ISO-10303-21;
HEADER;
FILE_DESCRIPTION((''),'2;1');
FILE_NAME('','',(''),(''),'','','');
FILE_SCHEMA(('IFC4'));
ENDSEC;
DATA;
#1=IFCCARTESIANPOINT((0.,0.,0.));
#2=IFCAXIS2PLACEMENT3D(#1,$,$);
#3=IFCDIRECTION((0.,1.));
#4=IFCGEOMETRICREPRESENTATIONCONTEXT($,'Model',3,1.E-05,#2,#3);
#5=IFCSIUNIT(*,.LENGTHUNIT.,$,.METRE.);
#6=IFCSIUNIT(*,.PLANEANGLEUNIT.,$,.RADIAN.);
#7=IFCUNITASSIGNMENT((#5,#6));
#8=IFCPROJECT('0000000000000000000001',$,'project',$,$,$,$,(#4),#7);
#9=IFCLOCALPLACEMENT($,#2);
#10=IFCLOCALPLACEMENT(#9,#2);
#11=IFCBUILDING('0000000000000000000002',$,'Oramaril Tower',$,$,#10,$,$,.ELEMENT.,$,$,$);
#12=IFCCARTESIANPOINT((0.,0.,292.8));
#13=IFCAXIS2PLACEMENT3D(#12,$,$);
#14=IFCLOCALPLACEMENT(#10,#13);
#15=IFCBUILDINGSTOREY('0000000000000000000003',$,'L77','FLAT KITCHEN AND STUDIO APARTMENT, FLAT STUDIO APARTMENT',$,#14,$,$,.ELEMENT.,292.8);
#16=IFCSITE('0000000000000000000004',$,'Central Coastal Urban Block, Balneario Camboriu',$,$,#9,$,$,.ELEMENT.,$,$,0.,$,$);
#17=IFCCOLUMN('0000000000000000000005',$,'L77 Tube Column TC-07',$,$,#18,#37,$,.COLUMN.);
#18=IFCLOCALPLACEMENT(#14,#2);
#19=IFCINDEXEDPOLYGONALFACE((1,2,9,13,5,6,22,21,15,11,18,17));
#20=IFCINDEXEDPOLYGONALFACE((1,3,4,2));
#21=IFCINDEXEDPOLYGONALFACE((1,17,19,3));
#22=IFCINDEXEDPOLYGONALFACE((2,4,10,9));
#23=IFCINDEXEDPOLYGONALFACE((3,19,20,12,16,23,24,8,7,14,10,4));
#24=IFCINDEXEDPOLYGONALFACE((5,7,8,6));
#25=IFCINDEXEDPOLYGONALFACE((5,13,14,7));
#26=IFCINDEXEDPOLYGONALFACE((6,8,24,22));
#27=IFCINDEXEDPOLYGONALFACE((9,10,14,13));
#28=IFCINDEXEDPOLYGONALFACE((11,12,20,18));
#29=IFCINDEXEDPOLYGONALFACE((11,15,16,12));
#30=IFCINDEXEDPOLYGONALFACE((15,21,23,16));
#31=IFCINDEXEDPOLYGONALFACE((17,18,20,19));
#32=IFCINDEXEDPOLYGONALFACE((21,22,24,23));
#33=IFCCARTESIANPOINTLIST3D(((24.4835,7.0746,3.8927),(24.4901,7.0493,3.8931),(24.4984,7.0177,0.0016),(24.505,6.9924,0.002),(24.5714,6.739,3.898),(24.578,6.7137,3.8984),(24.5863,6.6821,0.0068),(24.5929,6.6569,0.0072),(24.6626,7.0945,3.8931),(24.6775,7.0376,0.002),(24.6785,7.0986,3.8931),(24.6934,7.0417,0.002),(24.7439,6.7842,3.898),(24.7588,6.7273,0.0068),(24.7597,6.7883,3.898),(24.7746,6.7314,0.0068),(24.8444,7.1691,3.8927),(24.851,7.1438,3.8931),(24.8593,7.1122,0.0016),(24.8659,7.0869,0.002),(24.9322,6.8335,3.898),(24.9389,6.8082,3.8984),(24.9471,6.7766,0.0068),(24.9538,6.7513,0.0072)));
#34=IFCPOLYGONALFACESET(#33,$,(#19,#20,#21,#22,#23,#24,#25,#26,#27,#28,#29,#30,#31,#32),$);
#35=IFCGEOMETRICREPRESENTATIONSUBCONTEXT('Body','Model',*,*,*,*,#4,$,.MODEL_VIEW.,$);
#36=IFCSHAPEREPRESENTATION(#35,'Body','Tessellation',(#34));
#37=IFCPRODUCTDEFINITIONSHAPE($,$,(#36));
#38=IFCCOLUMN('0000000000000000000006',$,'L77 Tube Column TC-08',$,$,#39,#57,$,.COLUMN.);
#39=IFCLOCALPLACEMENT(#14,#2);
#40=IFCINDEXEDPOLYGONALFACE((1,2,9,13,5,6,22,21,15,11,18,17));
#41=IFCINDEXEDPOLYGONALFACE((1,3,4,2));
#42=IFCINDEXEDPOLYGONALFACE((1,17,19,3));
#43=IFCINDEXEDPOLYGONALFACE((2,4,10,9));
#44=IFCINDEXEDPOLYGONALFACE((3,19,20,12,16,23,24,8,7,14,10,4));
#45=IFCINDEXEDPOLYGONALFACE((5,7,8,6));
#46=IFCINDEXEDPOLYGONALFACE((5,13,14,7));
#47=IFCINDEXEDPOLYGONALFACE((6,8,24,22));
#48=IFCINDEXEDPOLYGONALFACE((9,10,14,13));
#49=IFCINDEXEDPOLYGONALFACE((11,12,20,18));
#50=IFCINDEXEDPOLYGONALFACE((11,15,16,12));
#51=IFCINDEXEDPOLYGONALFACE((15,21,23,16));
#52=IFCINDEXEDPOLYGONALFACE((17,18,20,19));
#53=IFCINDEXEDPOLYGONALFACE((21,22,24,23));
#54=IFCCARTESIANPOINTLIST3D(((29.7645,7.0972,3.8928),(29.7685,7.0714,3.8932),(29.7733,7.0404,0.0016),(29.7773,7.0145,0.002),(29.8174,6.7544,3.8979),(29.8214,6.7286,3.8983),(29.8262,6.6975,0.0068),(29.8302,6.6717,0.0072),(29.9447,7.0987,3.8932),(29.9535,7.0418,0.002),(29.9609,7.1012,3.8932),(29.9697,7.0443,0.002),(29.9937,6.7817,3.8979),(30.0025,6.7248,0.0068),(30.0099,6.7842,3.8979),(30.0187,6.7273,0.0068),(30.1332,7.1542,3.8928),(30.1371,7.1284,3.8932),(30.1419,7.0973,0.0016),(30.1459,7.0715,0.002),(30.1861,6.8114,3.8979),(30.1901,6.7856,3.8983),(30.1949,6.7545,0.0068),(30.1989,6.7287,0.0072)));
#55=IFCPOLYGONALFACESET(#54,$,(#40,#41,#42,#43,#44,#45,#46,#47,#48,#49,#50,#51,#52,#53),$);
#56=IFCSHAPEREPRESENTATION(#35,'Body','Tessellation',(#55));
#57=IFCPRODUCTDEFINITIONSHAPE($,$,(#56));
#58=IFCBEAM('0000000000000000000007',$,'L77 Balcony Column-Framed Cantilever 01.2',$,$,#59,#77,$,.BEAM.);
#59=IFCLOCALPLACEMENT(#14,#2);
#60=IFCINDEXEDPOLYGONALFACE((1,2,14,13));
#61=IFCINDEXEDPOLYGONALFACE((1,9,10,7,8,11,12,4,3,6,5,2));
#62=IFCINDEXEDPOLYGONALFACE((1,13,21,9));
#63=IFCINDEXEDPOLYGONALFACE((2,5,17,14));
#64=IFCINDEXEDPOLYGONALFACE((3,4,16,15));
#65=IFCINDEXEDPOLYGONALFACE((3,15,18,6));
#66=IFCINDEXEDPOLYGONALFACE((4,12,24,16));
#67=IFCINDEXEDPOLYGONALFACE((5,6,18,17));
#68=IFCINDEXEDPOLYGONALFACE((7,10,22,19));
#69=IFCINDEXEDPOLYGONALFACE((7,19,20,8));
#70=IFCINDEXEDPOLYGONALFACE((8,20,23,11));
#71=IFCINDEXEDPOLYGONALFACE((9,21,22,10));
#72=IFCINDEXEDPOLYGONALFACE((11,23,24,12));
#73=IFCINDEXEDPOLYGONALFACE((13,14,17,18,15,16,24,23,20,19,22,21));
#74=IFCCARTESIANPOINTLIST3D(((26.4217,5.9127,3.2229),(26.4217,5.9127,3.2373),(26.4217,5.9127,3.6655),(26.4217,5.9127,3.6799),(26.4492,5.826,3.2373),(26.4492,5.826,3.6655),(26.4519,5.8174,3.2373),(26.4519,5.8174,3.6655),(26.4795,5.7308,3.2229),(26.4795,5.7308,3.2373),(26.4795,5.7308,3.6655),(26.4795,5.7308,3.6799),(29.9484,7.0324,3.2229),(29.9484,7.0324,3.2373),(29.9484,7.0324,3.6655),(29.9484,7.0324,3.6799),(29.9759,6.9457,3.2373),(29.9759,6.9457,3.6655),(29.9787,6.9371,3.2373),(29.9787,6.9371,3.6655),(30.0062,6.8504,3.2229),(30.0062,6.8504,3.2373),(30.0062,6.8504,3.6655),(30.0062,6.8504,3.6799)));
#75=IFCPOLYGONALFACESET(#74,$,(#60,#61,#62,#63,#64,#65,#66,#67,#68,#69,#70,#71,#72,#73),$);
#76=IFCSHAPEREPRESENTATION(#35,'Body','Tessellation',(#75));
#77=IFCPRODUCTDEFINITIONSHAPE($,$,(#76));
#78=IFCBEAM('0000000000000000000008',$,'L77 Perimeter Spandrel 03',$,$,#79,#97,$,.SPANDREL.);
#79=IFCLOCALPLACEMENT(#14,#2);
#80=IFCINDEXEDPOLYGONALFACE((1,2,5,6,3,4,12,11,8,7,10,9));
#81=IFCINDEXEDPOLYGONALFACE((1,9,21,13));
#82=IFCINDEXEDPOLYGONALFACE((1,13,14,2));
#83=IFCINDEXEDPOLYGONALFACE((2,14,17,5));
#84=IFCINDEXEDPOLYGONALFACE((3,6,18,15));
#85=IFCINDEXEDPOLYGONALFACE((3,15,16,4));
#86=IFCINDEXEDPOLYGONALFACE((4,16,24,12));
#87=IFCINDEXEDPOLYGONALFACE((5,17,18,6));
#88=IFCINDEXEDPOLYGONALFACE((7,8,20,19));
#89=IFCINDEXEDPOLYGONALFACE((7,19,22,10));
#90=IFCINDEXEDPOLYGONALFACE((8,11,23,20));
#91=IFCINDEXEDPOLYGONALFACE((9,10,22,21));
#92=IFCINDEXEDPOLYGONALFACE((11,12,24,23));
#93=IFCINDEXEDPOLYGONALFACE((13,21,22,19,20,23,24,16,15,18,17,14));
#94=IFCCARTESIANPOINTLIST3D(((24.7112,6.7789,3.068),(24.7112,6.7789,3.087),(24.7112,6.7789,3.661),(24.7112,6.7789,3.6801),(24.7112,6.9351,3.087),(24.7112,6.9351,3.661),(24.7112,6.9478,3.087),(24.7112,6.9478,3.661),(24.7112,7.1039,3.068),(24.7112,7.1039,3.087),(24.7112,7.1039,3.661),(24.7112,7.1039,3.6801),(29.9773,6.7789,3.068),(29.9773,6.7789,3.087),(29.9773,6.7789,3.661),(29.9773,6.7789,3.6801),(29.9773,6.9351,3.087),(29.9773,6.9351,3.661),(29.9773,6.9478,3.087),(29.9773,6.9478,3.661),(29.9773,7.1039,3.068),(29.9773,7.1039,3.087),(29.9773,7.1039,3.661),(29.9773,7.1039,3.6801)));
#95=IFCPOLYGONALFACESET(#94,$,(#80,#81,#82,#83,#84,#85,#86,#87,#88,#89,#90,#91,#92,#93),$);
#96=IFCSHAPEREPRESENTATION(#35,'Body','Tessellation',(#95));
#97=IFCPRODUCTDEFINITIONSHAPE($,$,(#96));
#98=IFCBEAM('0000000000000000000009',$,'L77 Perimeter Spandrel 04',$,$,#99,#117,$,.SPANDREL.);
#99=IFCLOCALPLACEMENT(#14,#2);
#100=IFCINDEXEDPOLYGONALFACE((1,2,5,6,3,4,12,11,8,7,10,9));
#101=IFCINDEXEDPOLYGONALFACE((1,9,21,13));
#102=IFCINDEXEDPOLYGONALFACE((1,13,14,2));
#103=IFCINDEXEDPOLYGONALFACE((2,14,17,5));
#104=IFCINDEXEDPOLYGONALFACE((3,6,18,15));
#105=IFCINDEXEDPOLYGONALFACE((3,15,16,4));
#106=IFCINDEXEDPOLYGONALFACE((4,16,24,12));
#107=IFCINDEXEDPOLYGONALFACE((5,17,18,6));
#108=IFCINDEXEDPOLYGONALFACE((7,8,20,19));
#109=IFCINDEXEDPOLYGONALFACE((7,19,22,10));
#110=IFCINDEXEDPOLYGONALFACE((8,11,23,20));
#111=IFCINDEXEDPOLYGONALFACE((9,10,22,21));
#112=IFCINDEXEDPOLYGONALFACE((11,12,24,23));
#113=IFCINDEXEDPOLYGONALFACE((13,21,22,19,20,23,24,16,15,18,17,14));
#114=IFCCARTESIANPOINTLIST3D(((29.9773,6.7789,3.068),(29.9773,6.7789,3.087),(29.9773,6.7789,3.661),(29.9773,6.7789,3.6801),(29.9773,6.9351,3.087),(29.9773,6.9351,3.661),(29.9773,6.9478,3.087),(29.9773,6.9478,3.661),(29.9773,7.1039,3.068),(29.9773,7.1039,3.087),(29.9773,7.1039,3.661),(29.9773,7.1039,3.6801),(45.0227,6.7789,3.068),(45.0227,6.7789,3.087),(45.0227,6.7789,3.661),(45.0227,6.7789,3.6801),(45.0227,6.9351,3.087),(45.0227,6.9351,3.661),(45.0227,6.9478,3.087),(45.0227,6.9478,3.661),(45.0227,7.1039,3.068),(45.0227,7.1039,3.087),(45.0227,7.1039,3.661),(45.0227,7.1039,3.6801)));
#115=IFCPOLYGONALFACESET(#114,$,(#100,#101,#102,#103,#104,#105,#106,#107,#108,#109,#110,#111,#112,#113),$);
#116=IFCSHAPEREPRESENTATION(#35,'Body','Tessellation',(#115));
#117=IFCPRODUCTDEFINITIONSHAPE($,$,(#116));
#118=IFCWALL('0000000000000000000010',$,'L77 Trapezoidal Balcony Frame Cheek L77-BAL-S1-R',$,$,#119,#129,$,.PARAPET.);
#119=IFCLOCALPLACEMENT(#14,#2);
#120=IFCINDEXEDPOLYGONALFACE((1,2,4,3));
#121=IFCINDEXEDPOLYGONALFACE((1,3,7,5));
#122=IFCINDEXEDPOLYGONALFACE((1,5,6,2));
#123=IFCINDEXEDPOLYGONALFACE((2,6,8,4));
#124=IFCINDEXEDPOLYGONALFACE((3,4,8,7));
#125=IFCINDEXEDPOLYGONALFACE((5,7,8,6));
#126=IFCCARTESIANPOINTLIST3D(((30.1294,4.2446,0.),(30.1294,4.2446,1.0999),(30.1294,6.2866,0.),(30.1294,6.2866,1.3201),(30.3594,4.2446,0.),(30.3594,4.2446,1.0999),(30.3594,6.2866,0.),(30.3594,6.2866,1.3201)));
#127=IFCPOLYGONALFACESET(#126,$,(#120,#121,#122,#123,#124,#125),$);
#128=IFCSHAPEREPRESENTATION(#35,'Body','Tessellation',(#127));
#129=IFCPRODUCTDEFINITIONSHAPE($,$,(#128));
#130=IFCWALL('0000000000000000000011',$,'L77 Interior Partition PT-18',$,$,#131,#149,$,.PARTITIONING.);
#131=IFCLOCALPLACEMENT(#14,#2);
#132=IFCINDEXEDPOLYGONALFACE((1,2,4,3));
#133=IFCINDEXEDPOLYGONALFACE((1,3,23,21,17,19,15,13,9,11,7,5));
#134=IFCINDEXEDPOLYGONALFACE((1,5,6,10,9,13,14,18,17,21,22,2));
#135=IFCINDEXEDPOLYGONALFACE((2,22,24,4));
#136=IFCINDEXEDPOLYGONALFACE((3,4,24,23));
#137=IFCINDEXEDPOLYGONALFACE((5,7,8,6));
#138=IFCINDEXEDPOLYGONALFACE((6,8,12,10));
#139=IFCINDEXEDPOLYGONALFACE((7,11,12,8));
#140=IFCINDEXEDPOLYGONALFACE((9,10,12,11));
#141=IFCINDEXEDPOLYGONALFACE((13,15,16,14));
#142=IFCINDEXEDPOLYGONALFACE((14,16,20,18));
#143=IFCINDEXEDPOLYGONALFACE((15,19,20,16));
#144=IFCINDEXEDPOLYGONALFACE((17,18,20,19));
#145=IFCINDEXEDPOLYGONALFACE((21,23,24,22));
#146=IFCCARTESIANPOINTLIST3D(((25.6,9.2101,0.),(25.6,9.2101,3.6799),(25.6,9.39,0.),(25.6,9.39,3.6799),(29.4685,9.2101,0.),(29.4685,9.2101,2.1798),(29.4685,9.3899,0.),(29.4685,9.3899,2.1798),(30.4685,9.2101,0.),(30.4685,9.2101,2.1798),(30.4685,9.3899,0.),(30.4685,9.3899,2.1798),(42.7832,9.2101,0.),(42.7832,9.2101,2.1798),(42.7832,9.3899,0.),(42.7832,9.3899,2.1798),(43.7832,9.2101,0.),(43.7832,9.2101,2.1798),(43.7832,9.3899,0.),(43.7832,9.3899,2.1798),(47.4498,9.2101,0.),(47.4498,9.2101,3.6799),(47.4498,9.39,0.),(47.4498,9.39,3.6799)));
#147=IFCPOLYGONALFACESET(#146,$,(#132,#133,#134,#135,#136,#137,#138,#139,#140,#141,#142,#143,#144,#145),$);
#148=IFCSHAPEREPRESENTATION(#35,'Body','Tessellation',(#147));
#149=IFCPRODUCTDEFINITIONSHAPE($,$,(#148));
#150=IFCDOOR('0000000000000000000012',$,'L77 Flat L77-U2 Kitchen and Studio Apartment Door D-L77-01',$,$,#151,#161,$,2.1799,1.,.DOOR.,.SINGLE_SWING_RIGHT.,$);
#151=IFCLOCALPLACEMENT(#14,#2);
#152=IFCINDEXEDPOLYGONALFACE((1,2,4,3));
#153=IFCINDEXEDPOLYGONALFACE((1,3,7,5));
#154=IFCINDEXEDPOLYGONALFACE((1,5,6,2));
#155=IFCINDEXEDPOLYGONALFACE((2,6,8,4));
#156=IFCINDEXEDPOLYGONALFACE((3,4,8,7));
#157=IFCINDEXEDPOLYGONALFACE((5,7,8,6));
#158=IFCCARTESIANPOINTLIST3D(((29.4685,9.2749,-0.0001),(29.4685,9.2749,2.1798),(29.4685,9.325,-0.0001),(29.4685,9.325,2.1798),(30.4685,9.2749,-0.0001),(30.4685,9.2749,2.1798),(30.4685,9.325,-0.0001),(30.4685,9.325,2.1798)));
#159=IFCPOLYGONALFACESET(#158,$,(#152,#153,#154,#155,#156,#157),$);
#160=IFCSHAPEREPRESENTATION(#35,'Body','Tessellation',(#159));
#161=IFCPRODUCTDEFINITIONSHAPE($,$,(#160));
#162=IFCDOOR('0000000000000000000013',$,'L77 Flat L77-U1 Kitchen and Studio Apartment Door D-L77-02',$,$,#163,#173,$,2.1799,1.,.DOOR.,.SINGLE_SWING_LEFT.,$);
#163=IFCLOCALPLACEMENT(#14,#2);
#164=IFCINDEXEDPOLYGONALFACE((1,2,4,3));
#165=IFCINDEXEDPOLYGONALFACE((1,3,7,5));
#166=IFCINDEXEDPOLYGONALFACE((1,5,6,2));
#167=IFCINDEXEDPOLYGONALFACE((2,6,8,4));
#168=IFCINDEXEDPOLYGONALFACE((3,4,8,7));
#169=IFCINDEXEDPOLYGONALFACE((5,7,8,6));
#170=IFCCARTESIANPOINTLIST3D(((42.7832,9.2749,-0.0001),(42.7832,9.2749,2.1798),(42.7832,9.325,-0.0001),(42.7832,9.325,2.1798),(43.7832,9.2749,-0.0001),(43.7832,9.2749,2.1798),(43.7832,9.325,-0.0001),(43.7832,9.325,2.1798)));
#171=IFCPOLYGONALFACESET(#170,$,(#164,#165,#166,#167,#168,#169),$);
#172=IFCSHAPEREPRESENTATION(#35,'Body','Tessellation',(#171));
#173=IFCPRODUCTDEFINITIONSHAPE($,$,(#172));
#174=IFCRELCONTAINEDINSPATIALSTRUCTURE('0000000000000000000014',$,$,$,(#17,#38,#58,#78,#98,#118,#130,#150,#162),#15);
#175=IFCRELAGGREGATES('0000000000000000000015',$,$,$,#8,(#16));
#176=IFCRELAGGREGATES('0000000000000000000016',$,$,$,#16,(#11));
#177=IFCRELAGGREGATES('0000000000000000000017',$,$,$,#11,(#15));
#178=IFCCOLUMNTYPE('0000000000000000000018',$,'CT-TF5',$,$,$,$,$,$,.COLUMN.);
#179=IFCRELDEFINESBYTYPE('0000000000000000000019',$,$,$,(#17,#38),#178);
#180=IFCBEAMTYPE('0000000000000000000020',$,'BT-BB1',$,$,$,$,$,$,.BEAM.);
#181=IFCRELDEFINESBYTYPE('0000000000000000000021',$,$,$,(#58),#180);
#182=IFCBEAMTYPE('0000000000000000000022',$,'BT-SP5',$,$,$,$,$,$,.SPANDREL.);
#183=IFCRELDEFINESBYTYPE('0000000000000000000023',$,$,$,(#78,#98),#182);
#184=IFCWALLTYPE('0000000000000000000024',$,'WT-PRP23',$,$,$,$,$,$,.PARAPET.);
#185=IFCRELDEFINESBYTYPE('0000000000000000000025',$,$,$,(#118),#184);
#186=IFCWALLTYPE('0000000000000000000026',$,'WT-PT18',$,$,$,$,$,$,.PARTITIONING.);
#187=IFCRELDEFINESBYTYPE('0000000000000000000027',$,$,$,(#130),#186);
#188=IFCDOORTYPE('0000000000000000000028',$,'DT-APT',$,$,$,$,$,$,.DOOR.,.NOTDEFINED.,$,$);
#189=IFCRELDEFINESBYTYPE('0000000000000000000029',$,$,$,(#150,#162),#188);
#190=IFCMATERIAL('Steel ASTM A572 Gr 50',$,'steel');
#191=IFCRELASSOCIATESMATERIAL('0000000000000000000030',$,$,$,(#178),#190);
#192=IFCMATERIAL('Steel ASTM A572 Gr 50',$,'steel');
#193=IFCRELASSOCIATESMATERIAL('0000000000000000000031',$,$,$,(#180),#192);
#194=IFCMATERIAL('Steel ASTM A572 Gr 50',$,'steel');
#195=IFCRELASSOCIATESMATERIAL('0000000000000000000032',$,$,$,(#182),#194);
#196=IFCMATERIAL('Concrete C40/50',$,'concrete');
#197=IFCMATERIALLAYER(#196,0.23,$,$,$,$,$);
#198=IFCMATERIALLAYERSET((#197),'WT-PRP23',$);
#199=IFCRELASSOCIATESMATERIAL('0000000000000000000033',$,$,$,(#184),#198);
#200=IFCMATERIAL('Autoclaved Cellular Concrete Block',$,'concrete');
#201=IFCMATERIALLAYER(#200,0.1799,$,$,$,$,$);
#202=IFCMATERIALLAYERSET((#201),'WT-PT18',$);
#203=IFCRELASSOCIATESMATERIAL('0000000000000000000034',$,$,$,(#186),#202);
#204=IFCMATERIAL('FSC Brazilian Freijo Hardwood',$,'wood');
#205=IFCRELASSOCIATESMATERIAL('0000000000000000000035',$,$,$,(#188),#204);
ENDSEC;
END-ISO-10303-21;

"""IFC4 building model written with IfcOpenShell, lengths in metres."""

from ifc_helpers import new_model, si_unit, direction, frame, frame_2d, origin, origin_2d, place, context, subcontext, project, spatial, polyline, rectangle, i_section, outline, extrude, material, layer, layer_set, material_profile, profile_set, type_object, element, fill, save


model = new_model("IFC4")

# Units and contexts
model_context = context("Model", 3, precision=1e-05, world=origin(), true_north=direction((0.0, 1.0)))
body_context = subcontext(model_context, "Body", "Model", "MODEL_VIEW")
ifc_project = project(units=[si_unit("LENGTHUNIT", "METRE"), si_unit("PLANEANGLEUNIT", "RADIAN")], contexts=[model_context])

# Site, building, storey
site_placement = place(None, origin())
site = spatial("IfcSite", under=ifc_project, at=site_placement, Name="Central Coastal Urban Block, Balneario Camboriu", CompositionType="ELEMENT", RefElevation=0.0)
building_placement = place(site_placement, origin())
building = spatial("IfcBuilding", under=site, at=building_placement, Name="Oramaril Tower", CompositionType="ELEMENT")
storey_placement = place(building_placement, frame((0.0, 0.0, 292.8)))
storey = spatial("IfcBuildingStorey", under=building, at=storey_placement, Name="L77", Description="FLAT KITCHEN AND STUDIO APARTMENT, FLAT STUDIO APARTMENT", CompositionType="ELEMENT", Elevation=292.8)

# Columns
ifc_material_1 = material(Name="Steel ASTM A572 Gr 50", Category="steel")
ifc_material_profile_1 = material_profile(ifc_material_1, i_section(OverallWidth=0.373, OverallDepth=0.373, WebThickness=0.0164, FlangeThickness=0.0261, at=origin_2d()), Name="W14X132")
ifc_profile_set_1 = profile_set([ifc_material_profile_1], Name="Steel ASTM A572 Gr 50")
column_type = type_object("IfcColumnType", Name="CT-TF5", PredefinedType="COLUMN", material=ifc_profile_set_1)
for number, where, z_axis, x_axis, name in (
    (1, (24.7261, 6.8845, 0.0044), (-0.003827, 0.014617, 0.999886), (-0.967396, -0.253267, 0.0), "L77 Tube Column TC-07"),
    (2, (29.9861, 6.8845, 0.0044), (-0.002259, 0.014618, 0.999891), (-0.988273, -0.152695, 0.0), "L77 Tube Column TC-08"),
):
    element("IfcColumn", number, at=place(storey_placement, frame(where, z_axis=z_axis, x_axis=x_axis)), inside=storey, type_object=column_type, Name=name, PredefinedType="COLUMN", context=body_context, shape_type="SweptSolid", body=[
        extrude(i_section(OverallWidth=0.373, OverallDepth=0.373, WebThickness=0.0164, FlangeThickness=0.0261, at=origin_2d()), origin(), (0.0, 0.0, 1.0), 3.8916),
    ])

# Beams
ifc_material_2 = material(Name="Steel ASTM A572 Gr 50", Category="steel")
ifc_material_profile_2 = material_profile(ifc_material_2, i_section(OverallWidth=0.1909, OverallDepth=0.457, WebThickness=0.009, FlangeThickness=0.0144, at=origin_2d()), Name="W18X50")
ifc_profile_set_2 = profile_set([ifc_material_profile_2], Name="Steel ASTM A572 Gr 50")
beam_type_1 = type_object("IfcBeamType", Name="BT-BB1", PredefinedType="BEAM", material=ifc_profile_set_2)
beam_1_placement = place(storey_placement, frame((29.9773, 6.9414, 3.4514), z_axis=(-0.953119, -0.302596, 0.0), x_axis=(0.302596, -0.953119, 0.0)))
element("IfcBeam", 3, at=beam_1_placement, inside=storey, type_object=beam_type_1, Name="L77 Balcony Column-Framed Cantilever 01.2", PredefinedType="BEAM", context=body_context, shape_type="SweptSolid", body=[
    extrude(i_section(OverallWidth=0.1909, OverallDepth=0.457, WebThickness=0.009, FlangeThickness=0.0144, at=origin_2d()), origin(), (0.0, 0.0, 1.0), 3.7002),
])
ifc_material_3 = material(Name="Steel ASTM A572 Gr 50", Category="steel")
ifc_material_profile_3 = material_profile(ifc_material_3, i_section(OverallWidth=0.325, OverallDepth=0.6121, WebThickness=0.0127, FlangeThickness=0.019, at=origin_2d()), Name="W24X104")
ifc_profile_set_3 = profile_set([ifc_material_profile_3], Name="Steel ASTM A572 Gr 50")
beam_type_2 = type_object("IfcBeamType", Name="BT-SP5", PredefinedType="SPANDREL", material=ifc_profile_set_3)
beam_2_placement = place(storey_placement, frame((24.7112, 6.9414, 3.374), z_axis=(1.0, 0.0, 0.0), x_axis=(0.0, 1.0, 0.0)))
element("IfcBeam", 4, at=beam_2_placement, inside=storey, type_object=beam_type_2, Name="L77 Perimeter Spandrel 03", PredefinedType="SPANDREL", context=body_context, shape_type="SweptSolid", body=[
    extrude(i_section(OverallWidth=0.325, OverallDepth=0.6121, WebThickness=0.0127, FlangeThickness=0.019, at=origin_2d()), origin(), (0.0, 0.0, 1.0), 5.2661),
])
beam_3_placement = place(storey_placement, frame((29.9773, 6.9414, 3.374), z_axis=(1.0, 0.0, 0.0), x_axis=(0.0, 1.0, 0.0)))
element("IfcBeam", 5, at=beam_3_placement, inside=storey, type_object=beam_type_2, Name="L77 Perimeter Spandrel 04", PredefinedType="SPANDREL", context=body_context, shape_type="SweptSolid", body=[
    extrude(i_section(OverallWidth=0.325, OverallDepth=0.6121, WebThickness=0.0127, FlangeThickness=0.019, at=origin_2d()), origin(), (0.0, 0.0, 1.0), 15.0454),
])

# Wall
ifc_material_4 = material(Name="Concrete C40/50", Category="concrete")
ifc_layer_1 = layer(ifc_material_4, 0.23)
ifc_layer_set_1 = layer_set([ifc_layer_1], Name="WT-PRP23")
wall_type_1 = type_object("IfcWallType", Name="WT-PRP23", PredefinedType="PARAPET", material=ifc_layer_set_1)
wall_1_placement = place(storey_placement, frame((30.2444, 6.2866, 0.0), z_axis=(0.0, 0.0, 1.0), x_axis=(0.0, -1.0, 0.0)))
element("IfcWall", 6, at=wall_1_placement, inside=storey, type_object=wall_type_1, Name="L77 Trapezoidal Balcony Frame Cheek L77-BAL-S1-R", PredefinedType="PARAPET", context=body_context, shape_type="SweptSolid", body=[
    extrude(outline(polyline([(0.0, 0.0), (2.042, 0.0), (2.042, 1.0999), (0.0, 1.3201), (0.0, 0.0)])), frame((0.0, 0.115, 0.0), z_axis=(0.0, -1.0, 0.0), x_axis=(1.0, 0.0, 0.0)), (0.0, 0.0, 1.0), 0.23),
])

# Wall, openings, doors
ifc_material_5 = material(Name="Autoclaved Cellular Concrete Block", Category="concrete")
ifc_layer_2 = layer(ifc_material_5, 0.1799)
ifc_layer_set_2 = layer_set([ifc_layer_2], Name="WT-PT18")
wall_type_2 = type_object("IfcWallType", Name="WT-PT18", PredefinedType="PARTITIONING", material=ifc_layer_set_2)
wall_2_placement = place(storey_placement, frame((25.6001, 9.3, 0.0), z_axis=(0.0, 0.0, 1.0), x_axis=(1.0, 0.0, 0.0)))
wall_2 = element("IfcWall", 7, at=wall_2_placement, inside=storey, type_object=wall_type_2, Name="L77 Interior Partition PT-18", PredefinedType="PARTITIONING", context=body_context, shape_type="SweptSolid", body=[
    extrude(rectangle(XDim=21.8499, YDim=0.1799, at=frame_2d((10.9248, 0.0))), origin(), (0.0, 0.0, 1.0), 3.6799),
])
opening_1_placement = place(wall_2_placement, frame((3.8684, 0.0, 0.0)))
opening_1 = element("IfcOpeningElement", 8, at=opening_1_placement, cuts=wall_2, PredefinedType="OPENING", context=body_context, shape_type="SweptSolid", body=[
    extrude(rectangle(XDim=1.0, YDim=2.1799, at=frame_2d((0.5, 1.0898))), frame((0.0, 0.0898, 0.0), z_axis=(0.0, -1.0, 0.0), x_axis=(1.0, 0.0, 0.0)), (0.0, 0.0, 1.0), 0.1799),
])
opening_2_placement = place(wall_2_placement, frame((17.1831, 0.0, 0.0)))
opening_2 = element("IfcOpeningElement", 9, at=opening_2_placement, cuts=wall_2, PredefinedType="OPENING", context=body_context, shape_type="SweptSolid", body=[
    extrude(rectangle(XDim=1.0, YDim=2.1799, at=frame_2d((0.5, 1.0898))), frame((0.0, 0.0898, 0.0), z_axis=(0.0, -1.0, 0.0), x_axis=(1.0, 0.0, 0.0)), (0.0, 0.0, 1.0), 0.1799),
])
ifc_material_6 = material(Name="FSC Brazilian Freijo Hardwood", Category="wood")
door_type = type_object("IfcDoorType", Name="DT-APT", OperationType="NOTDEFINED", PredefinedType="DOOR", material=ifc_material_6)
door_1_placement = place(opening_1_placement, origin())
door_1 = element("IfcDoor", 10, at=door_1_placement, inside=storey, type_object=door_type, Name="L77 Flat L77-U2 Kitchen and Studio Apartment Door D-L77-01", OperationType="SINGLE_SWING_RIGHT", OverallHeight=2.1799, OverallWidth=1.0, PredefinedType="DOOR", context=body_context, shape_type="SweptSolid", body=[
    extrude(rectangle(XDim=1.0, YDim=2.1799, at=frame_2d((0.5, 1.0898))), frame((0.0, 0.0249, 0.0), z_axis=(0.0, -1.0, 0.0), x_axis=(1.0, 0.0, 0.0)), (0.0, 0.0, 1.0), 0.05),
])
fill(opening_1, door_1)
door_2_placement = place(opening_2_placement, origin())
door_2 = element("IfcDoor", 11, at=door_2_placement, inside=storey, type_object=door_type, Name="L77 Flat L77-U1 Kitchen and Studio Apartment Door D-L77-02", OperationType="SINGLE_SWING_LEFT", OverallHeight=2.1799, OverallWidth=1.0, PredefinedType="DOOR", context=body_context, shape_type="SweptSolid", body=[
    extrude(rectangle(XDim=1.0, YDim=2.1799, at=frame_2d((0.5, 1.0898))), frame((0.0, 0.0249, 0.0), z_axis=(0.0, -1.0, 0.0), x_axis=(1.0, 0.0, 0.0)), (0.0, 0.0, 1.0), 0.05),
])
fill(opening_2, door_2)

save(model, "model.ifc")
